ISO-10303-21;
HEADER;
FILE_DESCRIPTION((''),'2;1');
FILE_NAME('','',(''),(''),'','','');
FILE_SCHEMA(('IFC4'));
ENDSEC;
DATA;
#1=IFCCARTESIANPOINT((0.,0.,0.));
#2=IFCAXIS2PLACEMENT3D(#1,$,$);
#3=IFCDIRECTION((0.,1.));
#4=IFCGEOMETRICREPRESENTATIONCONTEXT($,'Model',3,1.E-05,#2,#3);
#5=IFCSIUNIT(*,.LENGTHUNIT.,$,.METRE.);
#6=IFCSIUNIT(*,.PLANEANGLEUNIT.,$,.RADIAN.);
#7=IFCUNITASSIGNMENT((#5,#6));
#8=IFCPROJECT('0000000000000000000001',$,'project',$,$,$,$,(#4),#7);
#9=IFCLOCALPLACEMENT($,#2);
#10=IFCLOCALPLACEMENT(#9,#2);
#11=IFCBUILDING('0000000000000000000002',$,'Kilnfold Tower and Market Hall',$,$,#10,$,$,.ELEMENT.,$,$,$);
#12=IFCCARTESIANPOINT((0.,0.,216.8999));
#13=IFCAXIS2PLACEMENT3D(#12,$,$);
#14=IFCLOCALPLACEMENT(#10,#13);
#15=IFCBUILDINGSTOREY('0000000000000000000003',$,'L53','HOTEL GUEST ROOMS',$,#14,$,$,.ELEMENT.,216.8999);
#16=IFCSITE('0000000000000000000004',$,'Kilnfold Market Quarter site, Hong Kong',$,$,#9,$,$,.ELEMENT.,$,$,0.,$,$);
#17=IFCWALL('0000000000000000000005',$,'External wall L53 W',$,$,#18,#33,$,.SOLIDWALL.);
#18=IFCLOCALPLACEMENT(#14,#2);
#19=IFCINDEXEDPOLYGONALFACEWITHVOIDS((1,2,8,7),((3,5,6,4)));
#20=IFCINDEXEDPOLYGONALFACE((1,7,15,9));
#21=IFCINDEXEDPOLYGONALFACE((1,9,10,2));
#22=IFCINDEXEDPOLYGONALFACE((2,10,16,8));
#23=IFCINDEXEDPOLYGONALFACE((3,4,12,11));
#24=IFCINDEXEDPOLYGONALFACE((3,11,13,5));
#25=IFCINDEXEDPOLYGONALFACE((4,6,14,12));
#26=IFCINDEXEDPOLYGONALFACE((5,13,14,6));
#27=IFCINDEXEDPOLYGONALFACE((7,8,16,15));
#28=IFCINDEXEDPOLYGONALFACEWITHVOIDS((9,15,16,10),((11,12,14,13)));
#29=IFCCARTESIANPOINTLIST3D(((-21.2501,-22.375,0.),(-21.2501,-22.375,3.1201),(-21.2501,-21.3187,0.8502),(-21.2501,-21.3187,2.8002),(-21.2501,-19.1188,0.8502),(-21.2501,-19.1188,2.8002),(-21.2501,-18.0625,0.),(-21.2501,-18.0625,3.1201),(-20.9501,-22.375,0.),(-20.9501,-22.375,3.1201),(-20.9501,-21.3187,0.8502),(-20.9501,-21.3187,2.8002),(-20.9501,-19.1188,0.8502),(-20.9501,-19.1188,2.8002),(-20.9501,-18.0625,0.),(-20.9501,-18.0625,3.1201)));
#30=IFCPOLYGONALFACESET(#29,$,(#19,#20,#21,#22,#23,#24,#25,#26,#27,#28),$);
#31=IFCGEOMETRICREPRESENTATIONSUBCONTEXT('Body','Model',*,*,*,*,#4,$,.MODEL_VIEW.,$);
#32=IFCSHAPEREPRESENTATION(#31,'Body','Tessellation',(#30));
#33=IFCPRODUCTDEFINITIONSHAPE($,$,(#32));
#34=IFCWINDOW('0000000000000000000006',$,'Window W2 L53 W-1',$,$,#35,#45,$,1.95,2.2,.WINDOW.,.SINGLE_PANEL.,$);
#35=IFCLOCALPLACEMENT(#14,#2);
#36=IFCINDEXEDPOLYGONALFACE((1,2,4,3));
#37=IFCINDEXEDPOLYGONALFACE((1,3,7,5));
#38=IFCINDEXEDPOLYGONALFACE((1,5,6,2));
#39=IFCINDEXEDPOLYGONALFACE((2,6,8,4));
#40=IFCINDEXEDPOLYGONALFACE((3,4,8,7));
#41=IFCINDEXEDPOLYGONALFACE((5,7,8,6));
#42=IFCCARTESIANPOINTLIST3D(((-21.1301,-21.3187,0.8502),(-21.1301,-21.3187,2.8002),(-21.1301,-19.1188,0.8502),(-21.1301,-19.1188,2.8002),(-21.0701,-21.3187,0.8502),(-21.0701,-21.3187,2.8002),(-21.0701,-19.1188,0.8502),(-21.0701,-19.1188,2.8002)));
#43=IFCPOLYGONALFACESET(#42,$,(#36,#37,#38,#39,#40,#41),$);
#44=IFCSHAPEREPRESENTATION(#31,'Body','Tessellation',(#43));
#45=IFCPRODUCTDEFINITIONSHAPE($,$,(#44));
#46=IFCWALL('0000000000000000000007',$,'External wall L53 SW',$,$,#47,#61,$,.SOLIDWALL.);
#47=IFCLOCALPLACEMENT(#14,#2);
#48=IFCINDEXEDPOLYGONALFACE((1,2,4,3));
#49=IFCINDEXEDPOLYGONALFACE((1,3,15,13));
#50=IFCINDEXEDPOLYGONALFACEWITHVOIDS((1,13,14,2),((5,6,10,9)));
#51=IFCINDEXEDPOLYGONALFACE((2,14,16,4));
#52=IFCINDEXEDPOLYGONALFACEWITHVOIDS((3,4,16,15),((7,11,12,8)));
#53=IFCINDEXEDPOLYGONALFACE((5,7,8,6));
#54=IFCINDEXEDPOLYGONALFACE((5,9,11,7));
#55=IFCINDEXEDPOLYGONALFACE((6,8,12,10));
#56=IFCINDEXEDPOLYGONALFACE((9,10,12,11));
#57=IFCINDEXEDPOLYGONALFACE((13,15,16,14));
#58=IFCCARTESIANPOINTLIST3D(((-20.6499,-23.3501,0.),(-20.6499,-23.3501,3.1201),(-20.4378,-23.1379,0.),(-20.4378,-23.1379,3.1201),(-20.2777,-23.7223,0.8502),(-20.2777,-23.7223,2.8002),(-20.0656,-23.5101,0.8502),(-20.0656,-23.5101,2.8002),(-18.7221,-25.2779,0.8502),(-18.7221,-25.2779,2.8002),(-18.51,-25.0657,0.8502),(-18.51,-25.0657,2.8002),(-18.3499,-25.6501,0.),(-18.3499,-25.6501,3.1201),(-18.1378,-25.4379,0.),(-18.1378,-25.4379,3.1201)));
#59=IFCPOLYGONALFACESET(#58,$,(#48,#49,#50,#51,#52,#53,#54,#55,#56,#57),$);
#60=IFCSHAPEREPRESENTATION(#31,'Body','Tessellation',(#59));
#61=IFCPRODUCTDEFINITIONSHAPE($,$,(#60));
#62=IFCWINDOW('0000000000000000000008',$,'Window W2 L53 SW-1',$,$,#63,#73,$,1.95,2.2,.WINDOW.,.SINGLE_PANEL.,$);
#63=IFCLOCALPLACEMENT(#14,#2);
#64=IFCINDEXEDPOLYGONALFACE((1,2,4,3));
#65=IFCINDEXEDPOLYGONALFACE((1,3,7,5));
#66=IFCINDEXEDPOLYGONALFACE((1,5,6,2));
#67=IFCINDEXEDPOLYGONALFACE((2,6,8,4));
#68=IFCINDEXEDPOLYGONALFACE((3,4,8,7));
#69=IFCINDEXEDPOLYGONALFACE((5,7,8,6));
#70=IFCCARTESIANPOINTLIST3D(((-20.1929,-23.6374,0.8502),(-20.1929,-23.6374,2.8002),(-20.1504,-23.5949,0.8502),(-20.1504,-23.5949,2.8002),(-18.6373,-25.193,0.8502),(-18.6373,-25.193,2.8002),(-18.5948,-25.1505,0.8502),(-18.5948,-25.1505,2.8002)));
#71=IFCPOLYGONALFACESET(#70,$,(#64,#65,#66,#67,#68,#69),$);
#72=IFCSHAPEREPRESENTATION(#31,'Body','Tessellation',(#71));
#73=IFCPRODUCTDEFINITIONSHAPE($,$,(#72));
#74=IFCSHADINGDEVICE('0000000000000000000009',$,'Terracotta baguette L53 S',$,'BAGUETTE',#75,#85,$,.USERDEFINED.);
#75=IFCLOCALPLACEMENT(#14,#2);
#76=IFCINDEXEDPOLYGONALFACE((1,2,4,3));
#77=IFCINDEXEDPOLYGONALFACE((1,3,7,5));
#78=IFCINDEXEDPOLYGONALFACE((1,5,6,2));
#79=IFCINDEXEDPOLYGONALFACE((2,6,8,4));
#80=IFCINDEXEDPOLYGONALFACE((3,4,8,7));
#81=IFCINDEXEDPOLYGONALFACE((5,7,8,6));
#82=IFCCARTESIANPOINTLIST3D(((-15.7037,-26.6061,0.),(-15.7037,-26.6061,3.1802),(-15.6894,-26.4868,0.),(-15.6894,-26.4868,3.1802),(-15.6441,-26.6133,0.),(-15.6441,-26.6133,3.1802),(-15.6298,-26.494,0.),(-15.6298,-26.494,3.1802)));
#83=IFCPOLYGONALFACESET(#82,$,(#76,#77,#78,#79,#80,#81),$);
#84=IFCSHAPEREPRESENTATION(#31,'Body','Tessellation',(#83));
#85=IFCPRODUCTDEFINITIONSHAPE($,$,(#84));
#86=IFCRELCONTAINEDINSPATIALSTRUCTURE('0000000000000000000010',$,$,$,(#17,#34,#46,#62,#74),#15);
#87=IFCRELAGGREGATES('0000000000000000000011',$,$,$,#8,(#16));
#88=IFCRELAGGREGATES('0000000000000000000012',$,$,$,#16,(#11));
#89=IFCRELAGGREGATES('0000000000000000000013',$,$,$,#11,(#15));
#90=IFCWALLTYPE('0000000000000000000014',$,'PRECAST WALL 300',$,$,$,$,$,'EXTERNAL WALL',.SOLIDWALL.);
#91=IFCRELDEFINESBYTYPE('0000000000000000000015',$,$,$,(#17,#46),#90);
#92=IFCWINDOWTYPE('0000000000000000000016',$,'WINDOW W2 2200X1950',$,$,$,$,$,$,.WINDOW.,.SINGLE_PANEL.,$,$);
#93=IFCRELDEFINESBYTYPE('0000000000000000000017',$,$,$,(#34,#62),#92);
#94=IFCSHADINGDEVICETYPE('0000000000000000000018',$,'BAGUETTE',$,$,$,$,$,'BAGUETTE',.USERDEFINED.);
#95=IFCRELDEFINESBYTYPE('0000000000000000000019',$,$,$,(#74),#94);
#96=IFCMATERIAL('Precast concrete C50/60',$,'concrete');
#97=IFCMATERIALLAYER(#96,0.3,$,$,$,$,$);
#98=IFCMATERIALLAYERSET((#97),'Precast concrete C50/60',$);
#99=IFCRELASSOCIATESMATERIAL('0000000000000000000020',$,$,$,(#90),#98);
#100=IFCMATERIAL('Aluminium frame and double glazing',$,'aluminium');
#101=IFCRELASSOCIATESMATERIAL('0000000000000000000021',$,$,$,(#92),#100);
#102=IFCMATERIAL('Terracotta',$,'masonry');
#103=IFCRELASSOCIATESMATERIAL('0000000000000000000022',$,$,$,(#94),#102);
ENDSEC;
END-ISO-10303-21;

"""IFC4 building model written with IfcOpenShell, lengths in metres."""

from ifc_helpers import new_model, si_unit, direction, frame, frame_2d, origin, origin_2d, place, context, subcontext, project, spatial, rectangle, extrude, source, transform, mapped, material, layer, layer_set, material_profile, profile_set, type_object, element, fill, save


model = new_model("IFC4")

# Units and contexts
model_context = context("Model", 3, precision=1e-05, world=origin(), true_north=direction((0.0, 1.0)))
body_context = subcontext(model_context, "Body", "Model", "MODEL_VIEW")
ifc_project = project(units=[si_unit("LENGTHUNIT", "METRE"), si_unit("PLANEANGLEUNIT", "RADIAN")], contexts=[model_context])

# Site, building, storey
site_placement = place(None, origin())
site = spatial("IfcSite", under=ifc_project, at=site_placement, Name="Kilnfold Market Quarter site, Hong Kong", CompositionType="ELEMENT", RefElevation=0.0)
building_placement = place(site_placement, origin())
building = spatial("IfcBuilding", under=site, at=building_placement, Name="Kilnfold Tower and Market Hall", CompositionType="ELEMENT")
storey_placement = place(building_placement, frame((0.0, 0.0, 216.8999)))
storey = spatial("IfcBuildingStorey", under=building, at=storey_placement, Name="L53", Description="HOTEL GUEST ROOMS", CompositionType="ELEMENT", Elevation=216.8999)

# Shared definitions
ifc_material_1 = material(Name="Precast concrete C50/60", Category="concrete")
ifc_layer_1 = layer(ifc_material_1, 0.3)
ifc_layer_set_1 = layer_set([ifc_layer_1], Name="Precast concrete C50/60")
wall_type_1 = type_object("IfcWallType", Name="PRECAST WALL 300", ElementType="EXTERNAL WALL", PredefinedType="SOLIDWALL", material=ifc_layer_set_1)

# Walls, openings, windows
shared_shape_1 = source(origin(), body_context, "Body", "SweptSolid", [
    extrude(rectangle(XDim=4.3125, YDim=0.3, at=frame_2d((2.1562, 0.0))), origin(), (0.0, 0.0, 1.0), 3.1201),
])
wall_1_placement = place(storey_placement, frame((-21.1001, -18.0625, 0.0), z_axis=(0.0, 0.0, 1.0), x_axis=(0.0, -1.0, 0.0)))
wall_1 = element("IfcWall", 1, at=wall_1_placement, inside=storey, type_object=wall_type_1, Name="External wall L53 W", PredefinedType="SOLIDWALL", context=body_context, shape_type="MappedRepresentation", body=[
    mapped(shared_shape_1, transform((0.0, 0.0, 0.0))),
])
opening_1_placement = place(wall_1_placement, frame((1.0562, 0.0, 0.8501)))
opening_1 = element("IfcOpeningElement", 2, at=opening_1_placement, cuts=wall_1, PredefinedType="OPENING", context=body_context, shape_type="SweptSolid", body=[
    extrude(rectangle(XDim=2.2, YDim=1.95, at=frame_2d((1.1001, 0.9751))), frame((0.0, 0.1602, 0.0), z_axis=(0.0, -1.0, 0.0), x_axis=(1.0, 0.0, 0.0)), (0.0, 0.0, 1.0), 0.3201),
])
ifc_material_2 = material(Name="Aluminium frame and double glazing", Category="aluminium")
window_type_1 = type_object("IfcWindowType", Name="WINDOW W2 2200X1950", PartitioningType="SINGLE_PANEL", PredefinedType="WINDOW", material=ifc_material_2)
window_1_placement = place(opening_1_placement, origin())
window_1 = element("IfcWindow", 3, at=window_1_placement, inside=storey, type_object=window_type_1, Name="Window W2 L53 W-1", OverallHeight=1.95, OverallWidth=2.2, PartitioningType="SINGLE_PANEL", PredefinedType="WINDOW", context=body_context, shape_type="SweptSolid", body=[
    extrude(rectangle(XDim=2.2, YDim=1.95, at=frame_2d((1.1001, 0.9751))), frame((0.0, 0.03, 0.0), z_axis=(0.0, -1.0, 0.0), x_axis=(1.0, 0.0, 0.0)), (0.0, 0.0, 1.0), 0.0601),
])
fill(opening_1, window_1)
shared_shape_2 = source(origin(), body_context, "Body", "SweptSolid", [
    extrude(rectangle(XDim=3.2527, YDim=0.3, at=frame_2d((1.6265, 0.0))), origin(), (0.0, 0.0, 1.0), 3.1201),
])
wall_2_placement = place(storey_placement, frame((-20.5439, -23.2439, 0.0), z_axis=(0.0, 0.0, 1.0), x_axis=(0.707107, -0.707107, 0.0)))
wall_2 = element("IfcWall", 4, at=wall_2_placement, inside=storey, type_object=wall_type_1, Name="External wall L53 SW", PredefinedType="SOLIDWALL", context=body_context, shape_type="MappedRepresentation", body=[
    mapped(shared_shape_2, transform((0.0, 0.0, 0.0))),
])
opening_2_placement = place(wall_2_placement, frame((0.5264, 0.0, 0.8501)))
opening_2 = element("IfcOpeningElement", 5, at=opening_2_placement, cuts=wall_2, PredefinedType="OPENING", context=body_context, shape_type="SweptSolid", body=[
    extrude(rectangle(XDim=2.2, YDim=1.95, at=frame_2d((1.1001, 0.9751))), frame((0.0, 0.1602, 0.0), z_axis=(0.0, -1.0, 0.0), x_axis=(1.0, 0.0, 0.0)), (0.0, 0.0, 1.0), 0.3201),
])
window_2_placement = place(opening_2_placement, origin())
window_2 = element("IfcWindow", 6, at=window_2_placement, inside=storey, type_object=window_type_1, Name="Window W2 L53 SW-1", OverallHeight=1.95, OverallWidth=2.2, PartitioningType="SINGLE_PANEL", PredefinedType="WINDOW", context=body_context, shape_type="SweptSolid", body=[
    extrude(rectangle(XDim=2.2, YDim=1.95, at=frame_2d((1.1001, 0.9751))), frame((0.0, 0.03, 0.0), z_axis=(0.0, -1.0, 0.0), x_axis=(1.0, 0.0, 0.0)), (0.0, 0.0, 1.0), 0.0601),
])
fill(opening_2, window_2)

# Shading device
ifc_material_3 = material(Name="Terracotta", Category="masonry")
ifc_material_profile_1 = material_profile(ifc_material_3, rectangle(XDim=0.0601, YDim=0.1201, at=origin_2d()), Name="BAG 60x120")
ifc_profile_set_1 = profile_set([ifc_material_profile_1], Name="Terracotta")
shading_device_type = type_object("IfcShadingDeviceType", Name="BAGUETTE", ElementType="BAGUETTE", PredefinedType="USERDEFINED", material=ifc_profile_set_1)
shared_shape_3 = source(origin(), body_context, "Body", "SweptSolid", [
    extrude(rectangle(XDim=0.0601, YDim=0.1201, at=origin_2d()), origin(), (0.0, 0.0, 1.0), 3.1802),
])
shading_device_placement = place(storey_placement, frame((-15.6667, -26.55, 0.0), z_axis=(0.0, 0.0, 1.0), x_axis=(0.992851, -0.119362, 0.0)))
element("IfcShadingDevice", 7, at=shading_device_placement, inside=storey, type_object=shading_device_type, Name="Terracotta baguette L53 S", ObjectType="BAGUETTE", PredefinedType="USERDEFINED", context=body_context, shape_type="MappedRepresentation", body=[
    mapped(shared_shape_3, transform((0.0, 0.0, 0.0))),
])

save(model, "model.ifc")
